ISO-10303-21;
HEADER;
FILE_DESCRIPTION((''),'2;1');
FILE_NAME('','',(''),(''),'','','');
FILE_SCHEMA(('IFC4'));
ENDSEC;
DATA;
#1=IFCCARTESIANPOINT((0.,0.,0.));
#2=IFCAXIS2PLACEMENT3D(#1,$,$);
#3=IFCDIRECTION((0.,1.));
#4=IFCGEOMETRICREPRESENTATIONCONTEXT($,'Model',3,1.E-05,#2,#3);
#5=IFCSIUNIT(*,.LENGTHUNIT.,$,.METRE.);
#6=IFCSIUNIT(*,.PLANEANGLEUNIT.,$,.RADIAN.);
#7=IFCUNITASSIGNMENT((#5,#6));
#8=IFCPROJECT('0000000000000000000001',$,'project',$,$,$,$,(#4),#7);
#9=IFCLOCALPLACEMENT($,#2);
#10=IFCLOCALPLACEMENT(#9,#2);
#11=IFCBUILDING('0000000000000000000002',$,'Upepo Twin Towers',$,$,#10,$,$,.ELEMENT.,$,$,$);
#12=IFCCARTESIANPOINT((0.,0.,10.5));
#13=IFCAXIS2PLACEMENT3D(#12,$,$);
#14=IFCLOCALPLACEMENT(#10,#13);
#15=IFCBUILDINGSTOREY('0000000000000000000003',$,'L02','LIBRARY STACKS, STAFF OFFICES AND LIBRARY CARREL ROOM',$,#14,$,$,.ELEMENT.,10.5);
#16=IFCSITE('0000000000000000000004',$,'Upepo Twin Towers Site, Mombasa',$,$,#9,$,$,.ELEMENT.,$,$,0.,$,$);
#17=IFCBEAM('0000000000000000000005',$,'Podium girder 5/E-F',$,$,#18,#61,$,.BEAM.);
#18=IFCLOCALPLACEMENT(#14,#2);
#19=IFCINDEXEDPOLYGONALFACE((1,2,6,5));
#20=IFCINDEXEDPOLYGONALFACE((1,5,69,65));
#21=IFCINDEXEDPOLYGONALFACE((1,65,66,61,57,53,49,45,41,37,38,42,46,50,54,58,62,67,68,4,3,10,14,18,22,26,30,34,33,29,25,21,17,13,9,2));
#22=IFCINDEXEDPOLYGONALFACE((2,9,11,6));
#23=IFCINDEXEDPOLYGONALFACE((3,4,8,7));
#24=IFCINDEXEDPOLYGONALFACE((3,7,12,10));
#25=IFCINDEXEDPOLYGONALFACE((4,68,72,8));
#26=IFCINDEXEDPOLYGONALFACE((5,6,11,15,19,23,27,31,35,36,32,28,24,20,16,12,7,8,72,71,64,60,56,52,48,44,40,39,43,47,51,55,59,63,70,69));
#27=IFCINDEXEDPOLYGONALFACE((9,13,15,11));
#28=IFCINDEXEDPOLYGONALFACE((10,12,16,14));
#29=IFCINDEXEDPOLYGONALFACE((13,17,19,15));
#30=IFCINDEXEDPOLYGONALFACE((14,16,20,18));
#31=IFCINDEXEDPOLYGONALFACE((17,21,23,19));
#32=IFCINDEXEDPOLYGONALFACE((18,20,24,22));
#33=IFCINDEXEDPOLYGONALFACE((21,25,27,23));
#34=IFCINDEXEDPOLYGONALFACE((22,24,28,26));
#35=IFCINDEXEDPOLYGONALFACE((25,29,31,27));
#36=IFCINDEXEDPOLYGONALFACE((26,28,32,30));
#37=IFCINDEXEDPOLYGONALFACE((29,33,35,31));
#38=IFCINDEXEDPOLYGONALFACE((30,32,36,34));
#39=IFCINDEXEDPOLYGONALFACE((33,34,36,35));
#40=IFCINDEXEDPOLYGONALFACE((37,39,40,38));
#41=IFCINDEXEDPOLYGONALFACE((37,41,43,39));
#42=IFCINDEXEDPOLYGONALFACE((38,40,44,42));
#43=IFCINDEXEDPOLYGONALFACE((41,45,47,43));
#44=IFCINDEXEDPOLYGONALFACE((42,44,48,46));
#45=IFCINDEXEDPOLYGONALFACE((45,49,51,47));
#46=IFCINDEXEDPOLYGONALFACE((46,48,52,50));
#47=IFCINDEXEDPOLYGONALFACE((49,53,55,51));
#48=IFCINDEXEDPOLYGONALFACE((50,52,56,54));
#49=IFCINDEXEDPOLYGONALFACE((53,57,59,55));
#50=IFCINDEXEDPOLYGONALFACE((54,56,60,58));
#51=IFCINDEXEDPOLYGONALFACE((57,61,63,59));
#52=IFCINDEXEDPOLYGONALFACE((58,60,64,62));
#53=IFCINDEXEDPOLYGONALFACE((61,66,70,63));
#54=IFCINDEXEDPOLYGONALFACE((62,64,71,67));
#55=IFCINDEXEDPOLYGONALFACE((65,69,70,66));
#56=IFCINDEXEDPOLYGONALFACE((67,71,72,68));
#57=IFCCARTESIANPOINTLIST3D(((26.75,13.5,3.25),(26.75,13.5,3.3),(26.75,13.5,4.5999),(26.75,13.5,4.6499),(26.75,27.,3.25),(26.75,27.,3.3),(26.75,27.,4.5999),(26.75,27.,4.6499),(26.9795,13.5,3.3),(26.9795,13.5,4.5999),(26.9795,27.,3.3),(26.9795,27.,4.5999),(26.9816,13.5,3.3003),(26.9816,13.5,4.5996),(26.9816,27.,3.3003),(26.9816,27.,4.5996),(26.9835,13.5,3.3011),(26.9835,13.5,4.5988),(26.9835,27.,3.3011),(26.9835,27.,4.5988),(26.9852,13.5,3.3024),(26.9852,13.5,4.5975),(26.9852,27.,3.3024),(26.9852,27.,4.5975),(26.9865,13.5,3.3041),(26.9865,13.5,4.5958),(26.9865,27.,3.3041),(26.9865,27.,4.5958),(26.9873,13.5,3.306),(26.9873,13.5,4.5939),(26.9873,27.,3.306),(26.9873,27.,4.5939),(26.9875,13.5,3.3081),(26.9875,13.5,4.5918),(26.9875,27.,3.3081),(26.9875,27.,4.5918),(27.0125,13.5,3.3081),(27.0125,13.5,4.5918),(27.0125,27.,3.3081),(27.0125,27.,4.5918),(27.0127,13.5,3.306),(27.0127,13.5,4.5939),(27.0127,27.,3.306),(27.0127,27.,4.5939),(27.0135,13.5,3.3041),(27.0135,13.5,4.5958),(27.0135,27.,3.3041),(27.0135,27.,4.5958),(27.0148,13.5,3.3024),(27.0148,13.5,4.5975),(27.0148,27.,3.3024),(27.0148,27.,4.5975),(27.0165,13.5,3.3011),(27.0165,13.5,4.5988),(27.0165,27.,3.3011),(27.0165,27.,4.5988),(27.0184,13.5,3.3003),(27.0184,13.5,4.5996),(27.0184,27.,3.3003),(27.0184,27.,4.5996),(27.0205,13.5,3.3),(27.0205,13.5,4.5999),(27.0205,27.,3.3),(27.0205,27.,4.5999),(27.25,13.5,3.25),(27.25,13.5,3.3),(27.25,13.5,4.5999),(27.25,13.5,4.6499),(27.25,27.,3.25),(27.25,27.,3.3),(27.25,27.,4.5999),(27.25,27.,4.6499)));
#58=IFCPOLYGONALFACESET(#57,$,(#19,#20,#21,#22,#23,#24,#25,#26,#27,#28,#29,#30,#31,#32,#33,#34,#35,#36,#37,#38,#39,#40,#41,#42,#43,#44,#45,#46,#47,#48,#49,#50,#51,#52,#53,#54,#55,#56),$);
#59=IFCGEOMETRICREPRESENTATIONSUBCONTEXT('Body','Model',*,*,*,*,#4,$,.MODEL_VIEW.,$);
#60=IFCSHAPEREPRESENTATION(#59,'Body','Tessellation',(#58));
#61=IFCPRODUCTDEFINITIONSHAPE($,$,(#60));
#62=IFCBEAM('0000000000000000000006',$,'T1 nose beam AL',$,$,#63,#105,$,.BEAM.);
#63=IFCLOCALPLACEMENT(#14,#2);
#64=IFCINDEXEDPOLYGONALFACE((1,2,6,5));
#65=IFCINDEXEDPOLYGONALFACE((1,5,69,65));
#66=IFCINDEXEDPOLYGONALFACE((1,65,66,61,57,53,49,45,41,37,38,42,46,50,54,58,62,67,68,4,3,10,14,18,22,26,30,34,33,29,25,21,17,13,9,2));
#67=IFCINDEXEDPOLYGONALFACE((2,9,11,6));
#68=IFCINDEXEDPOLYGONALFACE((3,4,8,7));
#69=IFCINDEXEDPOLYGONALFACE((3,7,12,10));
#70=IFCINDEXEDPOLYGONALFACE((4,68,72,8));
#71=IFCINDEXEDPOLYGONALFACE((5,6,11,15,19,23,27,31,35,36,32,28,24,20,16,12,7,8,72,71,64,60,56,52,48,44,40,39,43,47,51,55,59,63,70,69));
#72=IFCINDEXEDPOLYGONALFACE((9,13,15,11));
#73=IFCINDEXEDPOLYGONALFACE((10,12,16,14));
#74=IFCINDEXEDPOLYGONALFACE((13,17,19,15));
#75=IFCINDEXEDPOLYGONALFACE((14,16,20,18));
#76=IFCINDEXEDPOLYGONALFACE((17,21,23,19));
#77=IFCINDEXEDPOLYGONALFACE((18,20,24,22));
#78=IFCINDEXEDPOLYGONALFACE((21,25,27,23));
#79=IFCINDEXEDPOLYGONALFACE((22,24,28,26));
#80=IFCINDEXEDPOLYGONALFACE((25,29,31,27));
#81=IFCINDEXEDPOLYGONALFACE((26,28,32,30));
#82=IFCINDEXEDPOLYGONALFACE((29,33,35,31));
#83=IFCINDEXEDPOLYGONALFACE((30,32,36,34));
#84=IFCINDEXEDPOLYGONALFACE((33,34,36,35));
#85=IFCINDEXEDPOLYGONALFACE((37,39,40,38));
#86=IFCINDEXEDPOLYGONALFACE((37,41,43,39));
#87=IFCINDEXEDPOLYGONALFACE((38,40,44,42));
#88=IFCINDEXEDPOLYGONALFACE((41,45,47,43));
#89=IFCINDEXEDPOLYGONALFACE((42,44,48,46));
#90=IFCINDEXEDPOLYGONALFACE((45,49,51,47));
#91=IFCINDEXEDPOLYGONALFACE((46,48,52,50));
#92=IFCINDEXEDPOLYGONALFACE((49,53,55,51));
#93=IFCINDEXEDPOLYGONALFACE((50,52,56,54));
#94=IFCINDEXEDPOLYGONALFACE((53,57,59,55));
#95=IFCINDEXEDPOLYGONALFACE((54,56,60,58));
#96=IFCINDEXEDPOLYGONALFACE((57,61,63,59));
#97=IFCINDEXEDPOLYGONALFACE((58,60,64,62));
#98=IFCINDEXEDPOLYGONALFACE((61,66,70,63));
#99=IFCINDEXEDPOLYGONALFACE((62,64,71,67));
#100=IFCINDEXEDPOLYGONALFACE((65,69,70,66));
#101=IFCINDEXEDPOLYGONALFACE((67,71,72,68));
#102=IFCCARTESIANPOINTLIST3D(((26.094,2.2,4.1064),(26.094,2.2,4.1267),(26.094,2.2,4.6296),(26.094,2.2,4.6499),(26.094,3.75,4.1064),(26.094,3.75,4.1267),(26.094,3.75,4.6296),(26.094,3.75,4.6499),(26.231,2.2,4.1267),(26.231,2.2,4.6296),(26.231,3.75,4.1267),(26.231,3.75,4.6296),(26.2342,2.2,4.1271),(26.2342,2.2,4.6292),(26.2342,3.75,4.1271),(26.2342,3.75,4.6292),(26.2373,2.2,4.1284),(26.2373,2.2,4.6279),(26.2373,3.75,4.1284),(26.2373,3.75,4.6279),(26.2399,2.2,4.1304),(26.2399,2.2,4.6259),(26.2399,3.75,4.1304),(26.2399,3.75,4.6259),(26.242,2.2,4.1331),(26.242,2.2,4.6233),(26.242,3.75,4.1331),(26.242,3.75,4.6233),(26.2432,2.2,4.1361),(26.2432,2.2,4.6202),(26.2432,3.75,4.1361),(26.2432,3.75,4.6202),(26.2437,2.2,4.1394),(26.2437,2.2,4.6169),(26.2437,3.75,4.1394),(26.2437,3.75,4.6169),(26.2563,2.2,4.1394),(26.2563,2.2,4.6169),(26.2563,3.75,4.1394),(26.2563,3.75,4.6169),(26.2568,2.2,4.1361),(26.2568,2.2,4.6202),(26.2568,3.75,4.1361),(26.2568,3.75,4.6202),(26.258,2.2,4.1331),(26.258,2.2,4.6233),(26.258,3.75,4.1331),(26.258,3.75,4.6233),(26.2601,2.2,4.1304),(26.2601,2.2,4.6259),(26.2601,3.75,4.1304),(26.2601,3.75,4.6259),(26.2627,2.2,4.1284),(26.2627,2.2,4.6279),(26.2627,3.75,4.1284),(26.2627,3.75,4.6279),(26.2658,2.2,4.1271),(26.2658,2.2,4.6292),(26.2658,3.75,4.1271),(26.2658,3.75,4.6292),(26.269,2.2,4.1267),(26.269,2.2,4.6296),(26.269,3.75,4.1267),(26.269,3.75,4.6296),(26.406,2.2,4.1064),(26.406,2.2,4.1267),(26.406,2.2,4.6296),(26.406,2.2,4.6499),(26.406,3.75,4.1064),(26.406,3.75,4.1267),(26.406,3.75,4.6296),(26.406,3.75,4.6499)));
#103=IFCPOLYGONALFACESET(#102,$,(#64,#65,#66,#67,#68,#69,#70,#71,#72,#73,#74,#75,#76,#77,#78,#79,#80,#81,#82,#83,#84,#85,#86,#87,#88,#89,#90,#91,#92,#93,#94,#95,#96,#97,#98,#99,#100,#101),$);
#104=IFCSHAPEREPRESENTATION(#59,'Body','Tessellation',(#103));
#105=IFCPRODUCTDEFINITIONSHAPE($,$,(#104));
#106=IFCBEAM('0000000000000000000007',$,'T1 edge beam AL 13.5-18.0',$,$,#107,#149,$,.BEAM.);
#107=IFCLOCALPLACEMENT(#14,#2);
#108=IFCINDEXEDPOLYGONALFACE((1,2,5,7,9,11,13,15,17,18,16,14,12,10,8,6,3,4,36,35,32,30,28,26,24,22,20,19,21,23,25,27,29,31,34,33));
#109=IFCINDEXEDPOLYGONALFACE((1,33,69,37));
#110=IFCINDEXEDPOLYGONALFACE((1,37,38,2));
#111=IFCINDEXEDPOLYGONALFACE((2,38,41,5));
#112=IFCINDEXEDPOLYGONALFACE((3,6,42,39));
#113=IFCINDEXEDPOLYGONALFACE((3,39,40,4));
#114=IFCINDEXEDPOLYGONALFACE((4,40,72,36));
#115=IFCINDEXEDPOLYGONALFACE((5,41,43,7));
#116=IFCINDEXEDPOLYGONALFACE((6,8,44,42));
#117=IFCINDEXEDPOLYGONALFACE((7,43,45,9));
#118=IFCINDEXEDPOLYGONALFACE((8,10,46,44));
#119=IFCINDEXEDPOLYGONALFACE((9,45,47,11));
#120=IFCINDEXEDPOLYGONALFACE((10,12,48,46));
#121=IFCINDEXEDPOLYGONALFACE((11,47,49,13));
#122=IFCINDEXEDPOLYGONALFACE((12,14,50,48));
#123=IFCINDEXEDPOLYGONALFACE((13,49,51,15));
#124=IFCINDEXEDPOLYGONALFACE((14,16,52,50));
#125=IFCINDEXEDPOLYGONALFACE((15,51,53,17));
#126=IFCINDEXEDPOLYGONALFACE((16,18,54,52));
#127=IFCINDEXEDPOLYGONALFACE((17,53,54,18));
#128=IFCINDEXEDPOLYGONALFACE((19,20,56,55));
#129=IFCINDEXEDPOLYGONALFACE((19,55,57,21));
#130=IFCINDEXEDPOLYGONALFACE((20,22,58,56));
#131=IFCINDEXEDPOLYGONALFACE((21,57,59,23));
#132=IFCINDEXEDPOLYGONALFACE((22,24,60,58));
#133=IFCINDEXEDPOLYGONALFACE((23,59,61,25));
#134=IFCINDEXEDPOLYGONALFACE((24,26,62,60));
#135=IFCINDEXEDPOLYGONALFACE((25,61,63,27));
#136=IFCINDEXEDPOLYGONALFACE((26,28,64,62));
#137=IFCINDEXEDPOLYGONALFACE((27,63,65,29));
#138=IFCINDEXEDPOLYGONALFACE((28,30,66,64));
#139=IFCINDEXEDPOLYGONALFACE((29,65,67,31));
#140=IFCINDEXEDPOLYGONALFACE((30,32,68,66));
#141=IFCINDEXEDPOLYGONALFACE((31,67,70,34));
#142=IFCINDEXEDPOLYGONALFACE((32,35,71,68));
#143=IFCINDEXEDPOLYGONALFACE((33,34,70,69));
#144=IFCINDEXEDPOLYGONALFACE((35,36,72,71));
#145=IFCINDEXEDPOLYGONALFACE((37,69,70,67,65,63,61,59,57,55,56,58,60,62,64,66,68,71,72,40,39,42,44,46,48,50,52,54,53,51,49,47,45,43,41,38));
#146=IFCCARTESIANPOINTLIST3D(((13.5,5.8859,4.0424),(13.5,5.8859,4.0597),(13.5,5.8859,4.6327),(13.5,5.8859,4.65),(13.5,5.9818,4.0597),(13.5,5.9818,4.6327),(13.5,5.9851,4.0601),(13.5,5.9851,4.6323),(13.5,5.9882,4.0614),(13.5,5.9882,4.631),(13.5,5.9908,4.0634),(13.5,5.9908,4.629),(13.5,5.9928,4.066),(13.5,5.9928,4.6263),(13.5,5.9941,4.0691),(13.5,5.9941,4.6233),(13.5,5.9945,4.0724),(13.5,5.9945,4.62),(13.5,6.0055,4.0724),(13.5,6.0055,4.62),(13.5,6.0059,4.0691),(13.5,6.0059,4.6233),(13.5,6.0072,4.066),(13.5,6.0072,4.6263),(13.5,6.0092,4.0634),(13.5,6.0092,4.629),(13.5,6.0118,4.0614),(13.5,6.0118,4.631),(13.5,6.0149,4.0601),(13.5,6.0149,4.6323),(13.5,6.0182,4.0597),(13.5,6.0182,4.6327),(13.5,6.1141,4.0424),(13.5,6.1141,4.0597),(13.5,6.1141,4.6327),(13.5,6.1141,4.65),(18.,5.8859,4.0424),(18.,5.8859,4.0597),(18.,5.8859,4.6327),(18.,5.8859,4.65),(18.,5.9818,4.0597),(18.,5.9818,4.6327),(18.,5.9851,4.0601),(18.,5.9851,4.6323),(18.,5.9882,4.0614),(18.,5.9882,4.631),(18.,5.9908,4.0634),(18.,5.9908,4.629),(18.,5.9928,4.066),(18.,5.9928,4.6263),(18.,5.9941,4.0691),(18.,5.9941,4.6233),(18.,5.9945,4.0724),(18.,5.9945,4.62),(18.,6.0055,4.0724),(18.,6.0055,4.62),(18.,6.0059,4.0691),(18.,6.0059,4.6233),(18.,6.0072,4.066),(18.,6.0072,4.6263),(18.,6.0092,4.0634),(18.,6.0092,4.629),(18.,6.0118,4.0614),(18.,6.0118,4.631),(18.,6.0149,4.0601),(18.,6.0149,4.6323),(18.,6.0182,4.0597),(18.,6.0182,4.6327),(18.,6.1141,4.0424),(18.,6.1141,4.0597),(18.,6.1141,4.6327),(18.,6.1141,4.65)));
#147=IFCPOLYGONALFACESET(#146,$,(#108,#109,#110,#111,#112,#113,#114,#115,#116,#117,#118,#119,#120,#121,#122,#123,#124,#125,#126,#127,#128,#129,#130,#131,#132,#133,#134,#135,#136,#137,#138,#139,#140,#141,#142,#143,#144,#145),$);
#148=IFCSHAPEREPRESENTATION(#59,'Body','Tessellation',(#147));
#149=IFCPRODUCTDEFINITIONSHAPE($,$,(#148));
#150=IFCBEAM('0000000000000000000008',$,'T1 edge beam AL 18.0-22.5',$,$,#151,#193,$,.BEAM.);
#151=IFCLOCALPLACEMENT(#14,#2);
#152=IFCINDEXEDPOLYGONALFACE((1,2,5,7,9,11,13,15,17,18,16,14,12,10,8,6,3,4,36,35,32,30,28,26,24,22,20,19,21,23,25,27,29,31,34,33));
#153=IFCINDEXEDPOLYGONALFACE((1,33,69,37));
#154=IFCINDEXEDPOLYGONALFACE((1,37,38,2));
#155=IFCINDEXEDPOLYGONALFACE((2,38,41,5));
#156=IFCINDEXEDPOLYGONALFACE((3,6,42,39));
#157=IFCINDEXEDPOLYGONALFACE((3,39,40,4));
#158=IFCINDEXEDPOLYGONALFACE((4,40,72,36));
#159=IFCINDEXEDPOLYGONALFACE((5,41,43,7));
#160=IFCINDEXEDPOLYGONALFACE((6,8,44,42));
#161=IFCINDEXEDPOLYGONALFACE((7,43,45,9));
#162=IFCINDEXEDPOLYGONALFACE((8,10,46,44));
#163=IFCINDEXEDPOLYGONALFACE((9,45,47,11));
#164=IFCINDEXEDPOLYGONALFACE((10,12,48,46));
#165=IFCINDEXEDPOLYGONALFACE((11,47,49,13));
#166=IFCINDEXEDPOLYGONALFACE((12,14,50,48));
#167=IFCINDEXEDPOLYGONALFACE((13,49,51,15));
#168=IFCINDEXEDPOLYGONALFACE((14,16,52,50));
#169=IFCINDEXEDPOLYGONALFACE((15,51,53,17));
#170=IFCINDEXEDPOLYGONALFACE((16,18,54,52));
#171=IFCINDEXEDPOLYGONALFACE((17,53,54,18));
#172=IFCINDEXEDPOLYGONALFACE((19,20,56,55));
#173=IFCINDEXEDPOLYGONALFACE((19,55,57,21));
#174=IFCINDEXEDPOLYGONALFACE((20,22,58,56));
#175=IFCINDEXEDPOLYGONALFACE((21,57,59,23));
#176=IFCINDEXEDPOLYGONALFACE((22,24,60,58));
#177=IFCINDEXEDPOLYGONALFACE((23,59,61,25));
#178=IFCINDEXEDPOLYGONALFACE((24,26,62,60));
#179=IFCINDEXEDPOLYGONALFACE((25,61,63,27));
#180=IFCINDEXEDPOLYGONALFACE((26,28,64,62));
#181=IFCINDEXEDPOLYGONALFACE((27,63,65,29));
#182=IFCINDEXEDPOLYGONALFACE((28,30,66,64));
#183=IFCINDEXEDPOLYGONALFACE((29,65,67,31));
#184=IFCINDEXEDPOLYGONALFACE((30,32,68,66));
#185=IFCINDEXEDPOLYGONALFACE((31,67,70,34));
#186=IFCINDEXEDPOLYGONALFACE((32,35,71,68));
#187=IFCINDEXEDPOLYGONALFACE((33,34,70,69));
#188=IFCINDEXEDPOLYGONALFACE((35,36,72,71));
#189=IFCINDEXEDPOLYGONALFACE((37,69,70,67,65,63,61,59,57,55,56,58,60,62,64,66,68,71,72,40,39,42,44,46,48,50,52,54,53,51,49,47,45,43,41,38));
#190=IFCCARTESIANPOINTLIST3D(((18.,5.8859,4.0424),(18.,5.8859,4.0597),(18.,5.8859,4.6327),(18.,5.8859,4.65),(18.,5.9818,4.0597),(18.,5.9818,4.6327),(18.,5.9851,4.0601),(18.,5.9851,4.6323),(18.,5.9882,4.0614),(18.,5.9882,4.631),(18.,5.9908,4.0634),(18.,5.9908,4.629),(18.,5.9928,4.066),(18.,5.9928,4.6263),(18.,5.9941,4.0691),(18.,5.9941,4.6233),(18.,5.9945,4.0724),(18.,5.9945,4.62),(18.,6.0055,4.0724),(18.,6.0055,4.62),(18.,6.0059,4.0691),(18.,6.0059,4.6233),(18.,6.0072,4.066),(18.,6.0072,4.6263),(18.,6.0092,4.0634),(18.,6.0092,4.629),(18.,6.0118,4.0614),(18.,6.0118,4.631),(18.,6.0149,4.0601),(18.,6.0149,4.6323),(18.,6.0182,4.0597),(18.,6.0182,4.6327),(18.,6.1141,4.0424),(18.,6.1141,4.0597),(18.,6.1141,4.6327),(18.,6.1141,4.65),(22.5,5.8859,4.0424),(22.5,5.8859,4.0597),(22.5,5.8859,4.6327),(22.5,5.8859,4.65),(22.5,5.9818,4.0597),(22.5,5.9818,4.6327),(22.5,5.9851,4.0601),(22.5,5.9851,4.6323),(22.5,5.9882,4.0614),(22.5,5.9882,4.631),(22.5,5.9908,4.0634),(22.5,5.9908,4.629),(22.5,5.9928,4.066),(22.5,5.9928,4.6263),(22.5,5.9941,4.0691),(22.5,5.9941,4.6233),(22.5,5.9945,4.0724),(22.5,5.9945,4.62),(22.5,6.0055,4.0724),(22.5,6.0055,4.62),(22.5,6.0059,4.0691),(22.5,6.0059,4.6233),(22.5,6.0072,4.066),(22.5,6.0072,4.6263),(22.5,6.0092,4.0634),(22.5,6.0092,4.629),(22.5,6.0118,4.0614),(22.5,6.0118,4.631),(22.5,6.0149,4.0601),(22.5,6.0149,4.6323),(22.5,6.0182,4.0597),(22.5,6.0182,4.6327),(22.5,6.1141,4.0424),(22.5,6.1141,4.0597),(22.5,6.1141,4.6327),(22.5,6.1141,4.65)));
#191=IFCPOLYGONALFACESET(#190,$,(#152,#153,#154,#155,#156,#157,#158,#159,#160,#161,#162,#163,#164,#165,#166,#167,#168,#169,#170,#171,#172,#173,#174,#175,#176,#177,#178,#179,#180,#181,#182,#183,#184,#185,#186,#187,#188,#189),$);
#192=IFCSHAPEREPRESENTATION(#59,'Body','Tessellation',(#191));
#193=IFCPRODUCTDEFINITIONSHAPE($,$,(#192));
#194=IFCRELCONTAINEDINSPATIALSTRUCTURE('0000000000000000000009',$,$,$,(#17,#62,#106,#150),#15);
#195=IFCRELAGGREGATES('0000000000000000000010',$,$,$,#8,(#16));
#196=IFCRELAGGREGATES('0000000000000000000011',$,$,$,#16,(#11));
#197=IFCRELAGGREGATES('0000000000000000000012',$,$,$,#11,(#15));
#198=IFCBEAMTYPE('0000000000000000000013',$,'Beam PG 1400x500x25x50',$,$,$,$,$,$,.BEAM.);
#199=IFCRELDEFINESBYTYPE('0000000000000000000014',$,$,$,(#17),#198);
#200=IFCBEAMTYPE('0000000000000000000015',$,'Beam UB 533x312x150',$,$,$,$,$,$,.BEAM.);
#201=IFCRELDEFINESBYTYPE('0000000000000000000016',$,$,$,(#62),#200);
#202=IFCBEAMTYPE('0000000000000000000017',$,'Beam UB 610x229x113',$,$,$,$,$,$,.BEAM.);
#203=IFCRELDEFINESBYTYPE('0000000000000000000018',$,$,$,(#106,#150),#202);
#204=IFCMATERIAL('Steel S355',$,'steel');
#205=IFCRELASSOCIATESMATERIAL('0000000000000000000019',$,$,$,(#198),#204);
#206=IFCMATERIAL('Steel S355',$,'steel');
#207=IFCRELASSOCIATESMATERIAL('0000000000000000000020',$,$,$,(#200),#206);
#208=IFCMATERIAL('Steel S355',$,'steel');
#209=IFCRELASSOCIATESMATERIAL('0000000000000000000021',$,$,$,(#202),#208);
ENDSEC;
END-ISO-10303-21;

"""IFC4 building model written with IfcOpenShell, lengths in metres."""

from ifc_helpers import new_model, si_unit, direction, frame, origin, origin_2d, place, context, subcontext, project, spatial, i_section, extrude, material, material_profile, profile_set, type_object, element, save


model = new_model("IFC4")

# Units and contexts
model_context = context("Model", 3, precision=1e-05, world=origin(), true_north=direction((0.0, 1.0)))
body_context = subcontext(model_context, "Body", "Model", "MODEL_VIEW")
ifc_project = project(units=[si_unit("LENGTHUNIT", "METRE"), si_unit("PLANEANGLEUNIT", "RADIAN")], contexts=[model_context])

# Site, building, storey
site_placement = place(None, origin())
site = spatial("IfcSite", under=ifc_project, at=site_placement, Name="Upepo Twin Towers Site, Mombasa", CompositionType="ELEMENT", RefElevation=0.0)
building_placement = place(site_placement, origin())
building = spatial("IfcBuilding", under=site, at=building_placement, Name="Upepo Twin Towers", CompositionType="ELEMENT")
storey_placement = place(building_placement, frame((0.0, 0.0, 10.5)))
storey = spatial("IfcBuildingStorey", under=building, at=storey_placement, Name="L02", Description="LIBRARY STACKS, STAFF OFFICES AND LIBRARY CARREL ROOM", CompositionType="ELEMENT", Elevation=10.5)

# Beams
ifc_material_1 = material(Name="Steel S355", Category="steel")
ifc_material_profile_1 = material_profile(ifc_material_1, i_section(OverallWidth=0.5, OverallDepth=1.3999, WebThickness=0.0249, FlangeThickness=0.05, FilletRadius=0.0081, at=origin_2d()), Name="PG 1400x500x25x50")
ifc_profile_set_1 = profile_set([ifc_material_profile_1], Name="Steel S355")
beam_type_1 = type_object("IfcBeamType", Name="Beam PG 1400x500x25x50", PredefinedType="BEAM", material=ifc_profile_set_1)
for number, where, z_axis, x_axis, name in (
    (1, (27.0, 13.5, 3.95), (0.0, 1.0, 0.0), (-1.0, 0.0, 0.0), "Podium girder 5/E-F"),
):
    element("IfcBeam", number, at=place(storey_placement, frame(where, z_axis=z_axis, x_axis=x_axis)), inside=storey, type_object=beam_type_1, Name=name, PredefinedType="BEAM", context=body_context, shape_type="SweptSolid", body=[
        extrude(i_section(OverallWidth=0.5, OverallDepth=1.3999, WebThickness=0.0249, FlangeThickness=0.05, FilletRadius=0.0081, at=origin_2d()), origin(), (0.0, 0.0, 1.0), 13.5),
    ])
ifc_material_2 = material(Name="Steel S355", Category="steel")
ifc_material_profile_2 = material_profile(ifc_material_2, i_section(OverallWidth=0.312, OverallDepth=0.5435, WebThickness=0.0127, FlangeThickness=0.0203, FilletRadius=0.0127, at=origin_2d()), Name="UB 533x312x150")
ifc_profile_set_2 = profile_set([ifc_material_profile_2], Name="Steel S355")
beam_type_2 = type_object("IfcBeamType", Name="Beam UB 533x312x150", PredefinedType="BEAM", material=ifc_profile_set_2)
beam_1_placement = place(storey_placement, frame((26.25, 3.75, 4.3782), z_axis=(0.0, -1.0, 0.0), x_axis=(1.0, 0.0, 0.0)))
element("IfcBeam", 2, at=beam_1_placement, inside=storey, type_object=beam_type_2, Name="T1 nose beam AL", PredefinedType="BEAM", context=body_context, shape_type="SweptSolid", body=[
    extrude(i_section(OverallWidth=0.312, OverallDepth=0.5435, WebThickness=0.0127, FlangeThickness=0.0203, FilletRadius=0.0127, at=origin_2d()), origin(), (0.0, 0.0, 1.0), 1.55),
])
ifc_material_3 = material(Name="Steel S355", Category="steel")
ifc_material_profile_3 = material_profile(ifc_material_3, i_section(OverallWidth=0.2283, OverallDepth=0.6077, WebThickness=0.011, FlangeThickness=0.0173, FilletRadius=0.0127, at=origin_2d()), Name="UB 610x229x113")
ifc_profile_set_3 = profile_set([ifc_material_profile_3], Name="Steel S355")
beam_type_3 = type_object("IfcBeamType", Name="Beam UB 610x229x113", PredefinedType="BEAM", material=ifc_profile_set_3)
for number, where, z_axis, x_axis, name in (
    (3, (13.5, 6.0, 4.3462), (1.0, 0.0, 0.0), (0.0, 1.0, 0.0), "T1 edge beam AL 13.5-18.0"),
    (4, (18.0, 6.0, 4.3462), (1.0, 0.0, 0.0), (0.0, 1.0, 0.0), "T1 edge beam AL 18.0-22.5"),
):
    element("IfcBeam", number, at=place(storey_placement, frame(where, z_axis=z_axis, x_axis=x_axis)), inside=storey, type_object=beam_type_3, Name=name, PredefinedType="BEAM", context=body_context, shape_type="SweptSolid", body=[
        extrude(i_section(OverallWidth=0.2283, OverallDepth=0.6077, WebThickness=0.011, FlangeThickness=0.0173, FilletRadius=0.0127, at=origin_2d()), origin(), (0.0, 0.0, 1.0), 4.5),
    ])

save(model, "model.ifc")
